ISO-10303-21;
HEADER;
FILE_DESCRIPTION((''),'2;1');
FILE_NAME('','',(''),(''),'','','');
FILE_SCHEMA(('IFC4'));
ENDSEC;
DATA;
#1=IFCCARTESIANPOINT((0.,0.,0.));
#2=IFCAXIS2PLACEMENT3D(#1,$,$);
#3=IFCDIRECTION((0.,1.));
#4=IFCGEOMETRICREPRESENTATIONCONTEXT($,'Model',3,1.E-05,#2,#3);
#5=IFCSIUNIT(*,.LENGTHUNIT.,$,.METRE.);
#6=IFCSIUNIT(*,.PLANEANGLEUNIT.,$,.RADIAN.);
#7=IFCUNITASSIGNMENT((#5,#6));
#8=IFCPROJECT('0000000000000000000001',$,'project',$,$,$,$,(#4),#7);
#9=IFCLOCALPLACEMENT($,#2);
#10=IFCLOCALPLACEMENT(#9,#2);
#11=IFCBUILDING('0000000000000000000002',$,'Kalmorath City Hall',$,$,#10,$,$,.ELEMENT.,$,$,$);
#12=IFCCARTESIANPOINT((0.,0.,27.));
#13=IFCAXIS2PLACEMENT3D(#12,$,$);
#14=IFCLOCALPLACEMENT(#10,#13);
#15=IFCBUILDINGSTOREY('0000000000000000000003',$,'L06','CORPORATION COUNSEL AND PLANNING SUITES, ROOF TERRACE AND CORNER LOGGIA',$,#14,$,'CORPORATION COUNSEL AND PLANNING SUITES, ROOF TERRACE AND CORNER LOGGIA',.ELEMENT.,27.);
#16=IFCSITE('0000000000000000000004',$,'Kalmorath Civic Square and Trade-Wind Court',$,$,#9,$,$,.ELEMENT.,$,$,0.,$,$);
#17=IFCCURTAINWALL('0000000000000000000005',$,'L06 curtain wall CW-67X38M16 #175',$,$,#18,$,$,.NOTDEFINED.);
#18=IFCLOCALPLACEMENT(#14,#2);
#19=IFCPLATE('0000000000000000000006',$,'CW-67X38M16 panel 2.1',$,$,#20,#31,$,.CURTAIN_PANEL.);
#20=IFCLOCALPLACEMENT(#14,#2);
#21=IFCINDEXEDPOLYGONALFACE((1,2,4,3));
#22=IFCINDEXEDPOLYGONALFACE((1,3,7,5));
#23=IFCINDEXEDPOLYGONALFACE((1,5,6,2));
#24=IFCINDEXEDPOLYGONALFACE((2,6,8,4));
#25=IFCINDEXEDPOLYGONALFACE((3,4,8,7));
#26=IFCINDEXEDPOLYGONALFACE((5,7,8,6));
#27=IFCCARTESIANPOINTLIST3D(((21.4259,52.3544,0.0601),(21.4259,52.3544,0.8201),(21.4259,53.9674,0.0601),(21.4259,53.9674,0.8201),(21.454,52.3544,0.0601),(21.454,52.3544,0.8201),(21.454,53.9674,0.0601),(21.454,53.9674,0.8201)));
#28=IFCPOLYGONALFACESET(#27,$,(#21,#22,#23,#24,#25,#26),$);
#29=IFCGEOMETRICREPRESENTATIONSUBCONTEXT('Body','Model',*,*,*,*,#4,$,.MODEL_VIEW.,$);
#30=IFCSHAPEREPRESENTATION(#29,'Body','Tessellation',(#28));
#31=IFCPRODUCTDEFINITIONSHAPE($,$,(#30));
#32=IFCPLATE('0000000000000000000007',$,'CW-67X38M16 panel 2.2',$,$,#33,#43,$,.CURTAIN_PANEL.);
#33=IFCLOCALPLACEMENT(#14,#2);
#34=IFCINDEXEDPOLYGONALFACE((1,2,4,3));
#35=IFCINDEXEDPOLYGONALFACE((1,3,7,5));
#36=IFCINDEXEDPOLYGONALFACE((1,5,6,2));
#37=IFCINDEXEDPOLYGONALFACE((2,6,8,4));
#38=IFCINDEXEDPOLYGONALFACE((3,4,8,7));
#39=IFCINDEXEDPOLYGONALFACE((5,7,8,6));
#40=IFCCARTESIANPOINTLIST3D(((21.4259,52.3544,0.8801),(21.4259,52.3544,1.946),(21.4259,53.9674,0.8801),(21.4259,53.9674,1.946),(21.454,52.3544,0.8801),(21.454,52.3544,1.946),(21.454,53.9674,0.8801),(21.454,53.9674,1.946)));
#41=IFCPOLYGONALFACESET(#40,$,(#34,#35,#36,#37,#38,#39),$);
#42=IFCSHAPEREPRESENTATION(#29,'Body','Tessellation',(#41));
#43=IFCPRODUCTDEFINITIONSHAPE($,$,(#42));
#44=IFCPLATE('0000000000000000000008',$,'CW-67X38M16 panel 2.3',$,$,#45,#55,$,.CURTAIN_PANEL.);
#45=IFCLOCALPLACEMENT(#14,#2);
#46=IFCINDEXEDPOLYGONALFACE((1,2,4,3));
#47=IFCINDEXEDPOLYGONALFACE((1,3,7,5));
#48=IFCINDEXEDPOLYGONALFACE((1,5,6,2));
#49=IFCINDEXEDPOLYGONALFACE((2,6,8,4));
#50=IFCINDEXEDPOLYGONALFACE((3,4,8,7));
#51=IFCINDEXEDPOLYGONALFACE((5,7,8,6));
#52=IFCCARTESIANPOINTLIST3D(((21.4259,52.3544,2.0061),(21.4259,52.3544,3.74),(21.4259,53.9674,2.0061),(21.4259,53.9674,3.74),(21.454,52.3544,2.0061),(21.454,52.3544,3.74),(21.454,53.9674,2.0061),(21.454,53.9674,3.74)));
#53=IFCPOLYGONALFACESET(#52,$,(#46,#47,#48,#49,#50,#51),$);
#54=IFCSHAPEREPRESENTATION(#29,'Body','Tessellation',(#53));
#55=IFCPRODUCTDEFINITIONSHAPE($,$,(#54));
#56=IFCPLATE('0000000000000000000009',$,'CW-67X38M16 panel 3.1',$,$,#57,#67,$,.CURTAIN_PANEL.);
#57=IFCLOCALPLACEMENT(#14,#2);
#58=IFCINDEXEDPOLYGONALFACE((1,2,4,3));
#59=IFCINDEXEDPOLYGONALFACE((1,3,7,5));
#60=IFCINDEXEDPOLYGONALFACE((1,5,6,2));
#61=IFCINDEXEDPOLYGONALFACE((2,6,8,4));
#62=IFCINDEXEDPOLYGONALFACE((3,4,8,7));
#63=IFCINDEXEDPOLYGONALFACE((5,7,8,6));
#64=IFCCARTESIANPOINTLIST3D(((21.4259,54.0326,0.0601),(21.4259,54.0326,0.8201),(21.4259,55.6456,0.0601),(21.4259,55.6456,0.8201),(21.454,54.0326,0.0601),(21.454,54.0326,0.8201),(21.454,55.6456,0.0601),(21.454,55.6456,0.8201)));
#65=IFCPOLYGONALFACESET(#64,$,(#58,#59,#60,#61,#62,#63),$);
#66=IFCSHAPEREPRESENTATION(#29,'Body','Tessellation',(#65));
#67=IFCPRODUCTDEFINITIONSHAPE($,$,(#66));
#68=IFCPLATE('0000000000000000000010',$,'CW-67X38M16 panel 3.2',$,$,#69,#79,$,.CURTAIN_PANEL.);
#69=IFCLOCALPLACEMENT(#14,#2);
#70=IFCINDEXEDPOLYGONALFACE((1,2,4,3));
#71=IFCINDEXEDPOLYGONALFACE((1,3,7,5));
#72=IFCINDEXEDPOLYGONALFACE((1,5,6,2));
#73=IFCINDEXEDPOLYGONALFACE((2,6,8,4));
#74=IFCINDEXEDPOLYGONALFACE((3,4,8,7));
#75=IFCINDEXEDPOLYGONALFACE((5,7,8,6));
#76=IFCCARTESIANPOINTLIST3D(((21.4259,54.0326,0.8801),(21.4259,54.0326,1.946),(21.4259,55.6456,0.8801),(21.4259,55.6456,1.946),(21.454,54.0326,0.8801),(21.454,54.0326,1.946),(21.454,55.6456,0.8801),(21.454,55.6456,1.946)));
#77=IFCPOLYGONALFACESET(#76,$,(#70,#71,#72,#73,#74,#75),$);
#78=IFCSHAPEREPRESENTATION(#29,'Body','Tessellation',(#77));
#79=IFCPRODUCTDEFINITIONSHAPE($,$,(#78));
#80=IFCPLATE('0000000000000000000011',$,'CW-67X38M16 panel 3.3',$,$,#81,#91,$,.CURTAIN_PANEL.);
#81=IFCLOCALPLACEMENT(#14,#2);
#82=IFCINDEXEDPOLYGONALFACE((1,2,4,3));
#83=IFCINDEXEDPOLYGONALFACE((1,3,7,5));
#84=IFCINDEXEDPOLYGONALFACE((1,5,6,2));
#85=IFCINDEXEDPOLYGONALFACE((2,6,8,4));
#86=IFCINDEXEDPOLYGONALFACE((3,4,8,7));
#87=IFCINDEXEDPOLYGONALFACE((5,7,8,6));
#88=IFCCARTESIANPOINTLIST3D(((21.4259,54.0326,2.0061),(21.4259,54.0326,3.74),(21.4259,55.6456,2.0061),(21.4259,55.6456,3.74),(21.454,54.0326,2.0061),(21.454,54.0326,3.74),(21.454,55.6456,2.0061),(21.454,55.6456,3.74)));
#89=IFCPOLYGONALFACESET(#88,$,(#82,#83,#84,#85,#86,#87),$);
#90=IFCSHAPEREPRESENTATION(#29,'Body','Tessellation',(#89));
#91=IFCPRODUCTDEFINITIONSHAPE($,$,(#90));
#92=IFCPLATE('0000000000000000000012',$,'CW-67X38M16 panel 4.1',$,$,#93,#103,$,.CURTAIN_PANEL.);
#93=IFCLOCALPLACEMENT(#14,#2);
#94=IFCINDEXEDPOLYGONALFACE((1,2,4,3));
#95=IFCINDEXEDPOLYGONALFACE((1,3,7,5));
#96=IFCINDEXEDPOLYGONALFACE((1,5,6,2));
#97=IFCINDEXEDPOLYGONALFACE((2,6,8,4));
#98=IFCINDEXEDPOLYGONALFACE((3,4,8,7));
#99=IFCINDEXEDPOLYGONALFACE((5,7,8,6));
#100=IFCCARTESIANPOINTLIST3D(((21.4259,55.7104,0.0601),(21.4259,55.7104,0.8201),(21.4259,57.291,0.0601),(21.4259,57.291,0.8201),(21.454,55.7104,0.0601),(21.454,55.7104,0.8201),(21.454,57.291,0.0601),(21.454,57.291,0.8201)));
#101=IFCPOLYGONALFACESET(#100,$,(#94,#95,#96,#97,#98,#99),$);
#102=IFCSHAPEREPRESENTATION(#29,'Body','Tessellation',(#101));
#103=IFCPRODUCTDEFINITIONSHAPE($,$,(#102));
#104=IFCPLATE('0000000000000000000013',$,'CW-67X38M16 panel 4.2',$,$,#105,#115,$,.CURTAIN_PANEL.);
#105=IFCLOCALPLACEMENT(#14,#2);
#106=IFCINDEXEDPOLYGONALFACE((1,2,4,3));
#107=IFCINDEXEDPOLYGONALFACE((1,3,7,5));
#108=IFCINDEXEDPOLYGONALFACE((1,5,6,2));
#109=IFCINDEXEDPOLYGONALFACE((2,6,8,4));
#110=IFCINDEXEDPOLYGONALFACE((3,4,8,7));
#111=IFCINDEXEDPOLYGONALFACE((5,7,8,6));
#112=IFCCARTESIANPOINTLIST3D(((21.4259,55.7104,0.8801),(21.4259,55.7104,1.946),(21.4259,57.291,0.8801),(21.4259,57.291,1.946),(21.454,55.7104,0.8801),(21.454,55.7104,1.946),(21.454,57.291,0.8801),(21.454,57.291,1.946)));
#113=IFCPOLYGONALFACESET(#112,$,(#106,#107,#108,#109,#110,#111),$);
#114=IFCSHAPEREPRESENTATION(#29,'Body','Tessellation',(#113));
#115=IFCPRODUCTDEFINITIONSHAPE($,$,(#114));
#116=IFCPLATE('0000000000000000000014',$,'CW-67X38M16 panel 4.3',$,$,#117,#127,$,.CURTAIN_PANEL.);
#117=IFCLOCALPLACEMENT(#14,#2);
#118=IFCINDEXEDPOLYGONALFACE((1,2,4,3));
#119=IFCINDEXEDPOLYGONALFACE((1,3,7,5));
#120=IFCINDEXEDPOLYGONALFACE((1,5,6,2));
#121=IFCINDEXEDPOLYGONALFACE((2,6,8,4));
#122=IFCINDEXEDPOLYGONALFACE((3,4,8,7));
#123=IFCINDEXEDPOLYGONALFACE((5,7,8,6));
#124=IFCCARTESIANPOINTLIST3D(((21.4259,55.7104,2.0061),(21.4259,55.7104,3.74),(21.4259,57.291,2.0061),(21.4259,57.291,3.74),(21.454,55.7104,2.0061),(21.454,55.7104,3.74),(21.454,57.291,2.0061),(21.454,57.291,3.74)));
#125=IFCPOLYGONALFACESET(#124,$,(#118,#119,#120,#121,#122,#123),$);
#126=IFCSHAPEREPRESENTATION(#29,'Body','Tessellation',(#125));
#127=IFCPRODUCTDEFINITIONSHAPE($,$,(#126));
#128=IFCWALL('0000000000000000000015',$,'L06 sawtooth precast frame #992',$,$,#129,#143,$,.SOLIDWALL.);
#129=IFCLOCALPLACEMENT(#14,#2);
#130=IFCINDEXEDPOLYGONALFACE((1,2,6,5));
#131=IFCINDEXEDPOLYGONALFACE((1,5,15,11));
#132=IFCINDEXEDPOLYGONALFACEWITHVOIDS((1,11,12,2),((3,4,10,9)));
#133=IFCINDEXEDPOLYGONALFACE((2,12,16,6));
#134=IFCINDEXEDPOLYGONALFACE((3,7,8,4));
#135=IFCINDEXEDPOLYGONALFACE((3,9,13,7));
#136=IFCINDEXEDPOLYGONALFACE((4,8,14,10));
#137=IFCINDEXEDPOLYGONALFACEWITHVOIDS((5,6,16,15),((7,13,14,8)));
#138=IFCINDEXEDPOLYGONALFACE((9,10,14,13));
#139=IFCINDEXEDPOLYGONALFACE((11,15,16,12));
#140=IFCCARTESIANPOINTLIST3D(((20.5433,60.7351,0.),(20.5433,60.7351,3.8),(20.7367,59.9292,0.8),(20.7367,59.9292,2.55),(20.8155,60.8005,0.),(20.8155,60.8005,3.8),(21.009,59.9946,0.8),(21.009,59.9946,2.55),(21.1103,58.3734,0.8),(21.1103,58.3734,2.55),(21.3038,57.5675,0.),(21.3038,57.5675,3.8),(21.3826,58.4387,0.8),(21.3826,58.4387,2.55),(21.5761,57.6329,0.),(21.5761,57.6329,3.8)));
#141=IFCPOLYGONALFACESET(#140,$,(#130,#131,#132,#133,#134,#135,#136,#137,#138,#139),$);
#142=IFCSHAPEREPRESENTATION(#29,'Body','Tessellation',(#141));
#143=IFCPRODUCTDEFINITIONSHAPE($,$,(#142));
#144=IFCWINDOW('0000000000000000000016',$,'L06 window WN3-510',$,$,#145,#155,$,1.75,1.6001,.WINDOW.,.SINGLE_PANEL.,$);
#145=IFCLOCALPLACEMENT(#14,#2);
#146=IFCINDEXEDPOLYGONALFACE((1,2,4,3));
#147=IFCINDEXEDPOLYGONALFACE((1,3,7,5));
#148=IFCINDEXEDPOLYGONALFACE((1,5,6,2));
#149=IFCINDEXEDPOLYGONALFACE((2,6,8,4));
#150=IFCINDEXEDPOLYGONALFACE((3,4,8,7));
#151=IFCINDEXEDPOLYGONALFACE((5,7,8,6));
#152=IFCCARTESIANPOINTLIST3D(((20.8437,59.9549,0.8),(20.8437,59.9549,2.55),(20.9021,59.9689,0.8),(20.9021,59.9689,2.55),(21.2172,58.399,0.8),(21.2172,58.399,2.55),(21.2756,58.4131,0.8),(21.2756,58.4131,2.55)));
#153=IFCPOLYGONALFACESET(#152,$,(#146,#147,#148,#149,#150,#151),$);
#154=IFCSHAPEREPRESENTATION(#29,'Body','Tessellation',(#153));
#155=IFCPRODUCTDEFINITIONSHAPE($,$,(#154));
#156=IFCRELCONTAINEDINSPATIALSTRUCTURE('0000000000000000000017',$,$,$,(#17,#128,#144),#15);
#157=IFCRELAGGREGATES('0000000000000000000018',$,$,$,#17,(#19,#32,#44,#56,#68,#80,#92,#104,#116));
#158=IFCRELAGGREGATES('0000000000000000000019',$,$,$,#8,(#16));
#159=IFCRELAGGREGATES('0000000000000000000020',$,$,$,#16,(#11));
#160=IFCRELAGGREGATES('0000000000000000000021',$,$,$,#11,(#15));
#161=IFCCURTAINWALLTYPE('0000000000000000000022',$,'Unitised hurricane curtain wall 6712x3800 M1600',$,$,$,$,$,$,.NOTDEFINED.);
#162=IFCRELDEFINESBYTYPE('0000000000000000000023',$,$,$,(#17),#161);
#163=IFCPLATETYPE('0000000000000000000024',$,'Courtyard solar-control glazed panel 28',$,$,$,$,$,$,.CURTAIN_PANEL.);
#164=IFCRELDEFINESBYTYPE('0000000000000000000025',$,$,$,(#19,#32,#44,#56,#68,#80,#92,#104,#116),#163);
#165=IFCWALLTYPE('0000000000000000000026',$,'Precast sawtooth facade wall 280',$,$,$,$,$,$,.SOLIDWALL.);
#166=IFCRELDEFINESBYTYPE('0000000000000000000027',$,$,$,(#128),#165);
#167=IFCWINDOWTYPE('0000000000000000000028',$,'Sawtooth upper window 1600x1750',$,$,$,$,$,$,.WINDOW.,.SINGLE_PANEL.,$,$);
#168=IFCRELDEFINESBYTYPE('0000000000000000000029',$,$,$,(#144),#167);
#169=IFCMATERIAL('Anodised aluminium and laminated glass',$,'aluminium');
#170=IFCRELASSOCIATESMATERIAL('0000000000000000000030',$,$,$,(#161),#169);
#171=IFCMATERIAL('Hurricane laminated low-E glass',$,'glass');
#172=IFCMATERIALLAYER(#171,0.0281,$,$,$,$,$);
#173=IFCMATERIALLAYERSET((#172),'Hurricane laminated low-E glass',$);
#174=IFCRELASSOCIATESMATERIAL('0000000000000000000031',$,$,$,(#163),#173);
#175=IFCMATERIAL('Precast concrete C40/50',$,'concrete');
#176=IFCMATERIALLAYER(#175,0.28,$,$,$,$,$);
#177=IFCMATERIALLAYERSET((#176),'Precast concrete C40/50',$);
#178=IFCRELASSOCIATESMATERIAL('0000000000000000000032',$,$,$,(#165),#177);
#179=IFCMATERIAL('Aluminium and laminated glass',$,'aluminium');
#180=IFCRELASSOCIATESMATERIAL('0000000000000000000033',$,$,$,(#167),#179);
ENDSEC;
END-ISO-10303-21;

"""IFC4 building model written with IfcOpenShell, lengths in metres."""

from ifc_helpers import new_model, si_unit, direction, frame, frame_2d, origin, origin_2d, place, context, subcontext, project, spatial, rectangle, extrude, material, layer, layer_set, type_object, element, fill, aggregate, save


model = new_model("IFC4")

# Units and contexts
model_context = context("Model", 3, precision=1e-05, world=origin(), true_north=direction((0.0, 1.0)))
body_context = subcontext(model_context, "Body", "Model", "MODEL_VIEW")
ifc_project = project(units=[si_unit("LENGTHUNIT", "METRE"), si_unit("PLANEANGLEUNIT", "RADIAN")], contexts=[model_context])

# Site, building, storey
site_placement = place(None, origin())
site = spatial("IfcSite", under=ifc_project, at=site_placement, Name="Kalmorath Civic Square and Trade-Wind Court", CompositionType="ELEMENT", RefElevation=0.0)
building_placement = place(site_placement, origin())
building = spatial("IfcBuilding", under=site, at=building_placement, Name="Kalmorath City Hall", CompositionType="ELEMENT")
storey_placement = place(building_placement, frame((0.0, 0.0, 27.0)))
storey = spatial("IfcBuildingStorey", under=building, at=storey_placement, Name="L06", Description="CORPORATION COUNSEL AND PLANNING SUITES, ROOF TERRACE AND CORNER LOGGIA", LongName="CORPORATION COUNSEL AND PLANNING SUITES, ROOF TERRACE AND CORNER LOGGIA", CompositionType="ELEMENT", Elevation=27.0)

# Curtain wall
ifc_material_1 = material(Name="Anodised aluminium and laminated glass", Category="aluminium")
curtain_wall_type = type_object("IfcCurtainWallType", Name="Unitised hurricane curtain wall 6712x3800 M1600", PredefinedType="NOTDEFINED", material=ifc_material_1)
curtain_wall_placement = place(storey_placement, origin())
curtain_wall = element("IfcCurtainWall", 1, at=curtain_wall_placement, inside=storey, type_object=curtain_wall_type, Name="L06 curtain wall CW-67X38M16 #175", PredefinedType="NOTDEFINED")

# Plates
ifc_material_2 = material(Name="Hurricane laminated low-E glass", Category="glass")
ifc_layer_1 = layer(ifc_material_2, 0.0281)
ifc_layer_set_1 = layer_set([ifc_layer_1], Name="Hurricane laminated low-E glass")
plate_type = type_object("IfcPlateType", Name="Courtyard solar-control glazed panel 28", PredefinedType="CURTAIN_PANEL", material=ifc_layer_set_1)
plate_1_placement = place(storey_placement, frame((21.4399, 53.1609, 0.0601), z_axis=(0.0, 0.0, 1.0), x_axis=(0.0, 1.0, 0.0)))
plate_1 = element("IfcPlate", 2, at=plate_1_placement, type_object=plate_type, Name="CW-67X38M16 panel 2.1", PredefinedType="CURTAIN_PANEL", context=body_context, shape_type="SweptSolid", body=[
    extrude(rectangle(XDim=1.613, YDim=0.0281, at=origin_2d()), origin(), (0.0, 0.0, 1.0), 0.76),
])
plate_2_placement = place(storey_placement, frame((21.4399, 53.1609, 0.8801), z_axis=(0.0, 0.0, 1.0), x_axis=(0.0, 1.0, 0.0)))
plate_2 = element("IfcPlate", 3, at=plate_2_placement, type_object=plate_type, Name="CW-67X38M16 panel 2.2", PredefinedType="CURTAIN_PANEL", context=body_context, shape_type="SweptSolid", body=[
    extrude(rectangle(XDim=1.613, YDim=0.0281, at=origin_2d()), origin(), (0.0, 0.0, 1.0), 1.0659),
])
plate_3_placement = place(storey_placement, frame((21.4399, 53.1609, 2.0061), z_axis=(0.0, 0.0, 1.0), x_axis=(0.0, 1.0, 0.0)))
plate_3 = element("IfcPlate", 4, at=plate_3_placement, type_object=plate_type, Name="CW-67X38M16 panel 2.3", PredefinedType="CURTAIN_PANEL", context=body_context, shape_type="SweptSolid", body=[
    extrude(rectangle(XDim=1.613, YDim=0.0281, at=origin_2d()), origin(), (0.0, 0.0, 1.0), 1.7339),
])
plate_4_placement = place(storey_placement, frame((21.4399, 54.8391, 0.0601), z_axis=(0.0, 0.0, 1.0), x_axis=(0.0, 1.0, 0.0)))
plate_4 = element("IfcPlate", 5, at=plate_4_placement, type_object=plate_type, Name="CW-67X38M16 panel 3.1", PredefinedType="CURTAIN_PANEL", context=body_context, shape_type="SweptSolid", body=[
    extrude(rectangle(XDim=1.613, YDim=0.0281, at=origin_2d()), origin(), (0.0, 0.0, 1.0), 0.76),
])
plate_5_placement = place(storey_placement, frame((21.4399, 54.8391, 0.8801), z_axis=(0.0, 0.0, 1.0), x_axis=(0.0, 1.0, 0.0)))
plate_5 = element("IfcPlate", 6, at=plate_5_placement, type_object=plate_type, Name="CW-67X38M16 panel 3.2", PredefinedType="CURTAIN_PANEL", context=body_context, shape_type="SweptSolid", body=[
    extrude(rectangle(XDim=1.613, YDim=0.0281, at=origin_2d()), origin(), (0.0, 0.0, 1.0), 1.0659),
])
plate_6_placement = place(storey_placement, frame((21.4399, 54.8391, 2.0061), z_axis=(0.0, 0.0, 1.0), x_axis=(0.0, 1.0, 0.0)))
plate_6 = element("IfcPlate", 7, at=plate_6_placement, type_object=plate_type, Name="CW-67X38M16 panel 3.3", PredefinedType="CURTAIN_PANEL", context=body_context, shape_type="SweptSolid", body=[
    extrude(rectangle(XDim=1.613, YDim=0.0281, at=origin_2d()), origin(), (0.0, 0.0, 1.0), 1.7339),
])
plate_7_placement = place(storey_placement, frame((21.4399, 56.5007, 0.0601), z_axis=(0.0, 0.0, 1.0), x_axis=(0.0, 1.0, 0.0)))
plate_7 = element("IfcPlate", 8, at=plate_7_placement, type_object=plate_type, Name="CW-67X38M16 panel 4.1", PredefinedType="CURTAIN_PANEL", context=body_context, shape_type="SweptSolid", body=[
    extrude(rectangle(XDim=1.5806, YDim=0.0281, at=origin_2d()), origin(), (0.0, 0.0, 1.0), 0.76),
])
plate_8_placement = place(storey_placement, frame((21.4399, 56.5007, 0.8801), z_axis=(0.0, 0.0, 1.0), x_axis=(0.0, 1.0, 0.0)))
plate_8 = element("IfcPlate", 9, at=plate_8_placement, type_object=plate_type, Name="CW-67X38M16 panel 4.2", PredefinedType="CURTAIN_PANEL", context=body_context, shape_type="SweptSolid", body=[
    extrude(rectangle(XDim=1.5806, YDim=0.0281, at=origin_2d()), origin(), (0.0, 0.0, 1.0), 1.0659),
])
plate_9_placement = place(storey_placement, frame((21.4399, 56.5007, 2.0061), z_axis=(0.0, 0.0, 1.0), x_axis=(0.0, 1.0, 0.0)))
plate_9 = element("IfcPlate", 10, at=plate_9_placement, type_object=plate_type, Name="CW-67X38M16 panel 4.3", PredefinedType="CURTAIN_PANEL", context=body_context, shape_type="SweptSolid", body=[
    extrude(rectangle(XDim=1.5806, YDim=0.0281, at=origin_2d()), origin(), (0.0, 0.0, 1.0), 1.7339),
])
aggregate(curtain_wall, [plate_1, plate_2, plate_3, plate_4, plate_5, plate_6, plate_7, plate_8, plate_9])

# Wall, opening, window
ifc_material_3 = material(Name="Precast concrete C40/50", Category="concrete")
ifc_layer_2 = layer(ifc_material_3, 0.28)
ifc_layer_set_2 = layer_set([ifc_layer_2], Name="Precast concrete C40/50")
wall_type = type_object("IfcWallType", Name="Precast sawtooth facade wall 280", PredefinedType="SOLIDWALL", material=ifc_layer_set_2)
wall_placement = place(storey_placement, frame((21.4399, 57.6001, 0.0), z_axis=(0.0, 0.0, 1.0), x_axis=(-0.233461, 0.972366, 0.0)))
wall = element("IfcWall", 11, at=wall_placement, inside=storey, type_object=wall_type, Name="L06 sawtooth precast frame #992", PredefinedType="SOLIDWALL", context=body_context, shape_type="SweptSolid", body=[
    extrude(rectangle(XDim=3.2576, YDim=0.28, at=frame_2d((1.6289, 0.0))), origin(), (0.0, 0.0, 1.0), 3.8),
])
opening_placement = place(wall_placement, frame((0.8289, 0.0, 0.8)))
opening = element("IfcOpeningElement", 12, at=opening_placement, cuts=wall, PredefinedType="OPENING", context=body_context, shape_type="SweptSolid", body=[
    extrude(rectangle(XDim=1.6001, YDim=1.75, at=frame_2d((0.8, 0.875))), frame((0.0, 0.1499, 0.0), z_axis=(0.0, -1.0, 0.0), x_axis=(1.0, 0.0, 0.0)), (0.0, 0.0, 1.0), 0.3),
])
ifc_material_4 = material(Name="Aluminium and laminated glass", Category="aluminium")
window_type = type_object("IfcWindowType", Name="Sawtooth upper window 1600x1750", PartitioningType="SINGLE_PANEL", PredefinedType="WINDOW", material=ifc_material_4)
window_placement = place(opening_placement, origin())
window = element("IfcWindow", 13, at=window_placement, inside=storey, type_object=window_type, Name="L06 window WN3-510", OverallHeight=1.75, OverallWidth=1.6001, PartitioningType="SINGLE_PANEL", PredefinedType="WINDOW", context=body_context, shape_type="SweptSolid", body=[
    extrude(rectangle(XDim=1.6001, YDim=1.75, at=frame_2d((0.8, 0.875))), frame((0.0, 0.03, 0.0), z_axis=(0.0, -1.0, 0.0), x_axis=(1.0, 0.0, 0.0)), (0.0, 0.0, 1.0), 0.0601),
])
fill(opening, window)

save(model, "model.ifc")
